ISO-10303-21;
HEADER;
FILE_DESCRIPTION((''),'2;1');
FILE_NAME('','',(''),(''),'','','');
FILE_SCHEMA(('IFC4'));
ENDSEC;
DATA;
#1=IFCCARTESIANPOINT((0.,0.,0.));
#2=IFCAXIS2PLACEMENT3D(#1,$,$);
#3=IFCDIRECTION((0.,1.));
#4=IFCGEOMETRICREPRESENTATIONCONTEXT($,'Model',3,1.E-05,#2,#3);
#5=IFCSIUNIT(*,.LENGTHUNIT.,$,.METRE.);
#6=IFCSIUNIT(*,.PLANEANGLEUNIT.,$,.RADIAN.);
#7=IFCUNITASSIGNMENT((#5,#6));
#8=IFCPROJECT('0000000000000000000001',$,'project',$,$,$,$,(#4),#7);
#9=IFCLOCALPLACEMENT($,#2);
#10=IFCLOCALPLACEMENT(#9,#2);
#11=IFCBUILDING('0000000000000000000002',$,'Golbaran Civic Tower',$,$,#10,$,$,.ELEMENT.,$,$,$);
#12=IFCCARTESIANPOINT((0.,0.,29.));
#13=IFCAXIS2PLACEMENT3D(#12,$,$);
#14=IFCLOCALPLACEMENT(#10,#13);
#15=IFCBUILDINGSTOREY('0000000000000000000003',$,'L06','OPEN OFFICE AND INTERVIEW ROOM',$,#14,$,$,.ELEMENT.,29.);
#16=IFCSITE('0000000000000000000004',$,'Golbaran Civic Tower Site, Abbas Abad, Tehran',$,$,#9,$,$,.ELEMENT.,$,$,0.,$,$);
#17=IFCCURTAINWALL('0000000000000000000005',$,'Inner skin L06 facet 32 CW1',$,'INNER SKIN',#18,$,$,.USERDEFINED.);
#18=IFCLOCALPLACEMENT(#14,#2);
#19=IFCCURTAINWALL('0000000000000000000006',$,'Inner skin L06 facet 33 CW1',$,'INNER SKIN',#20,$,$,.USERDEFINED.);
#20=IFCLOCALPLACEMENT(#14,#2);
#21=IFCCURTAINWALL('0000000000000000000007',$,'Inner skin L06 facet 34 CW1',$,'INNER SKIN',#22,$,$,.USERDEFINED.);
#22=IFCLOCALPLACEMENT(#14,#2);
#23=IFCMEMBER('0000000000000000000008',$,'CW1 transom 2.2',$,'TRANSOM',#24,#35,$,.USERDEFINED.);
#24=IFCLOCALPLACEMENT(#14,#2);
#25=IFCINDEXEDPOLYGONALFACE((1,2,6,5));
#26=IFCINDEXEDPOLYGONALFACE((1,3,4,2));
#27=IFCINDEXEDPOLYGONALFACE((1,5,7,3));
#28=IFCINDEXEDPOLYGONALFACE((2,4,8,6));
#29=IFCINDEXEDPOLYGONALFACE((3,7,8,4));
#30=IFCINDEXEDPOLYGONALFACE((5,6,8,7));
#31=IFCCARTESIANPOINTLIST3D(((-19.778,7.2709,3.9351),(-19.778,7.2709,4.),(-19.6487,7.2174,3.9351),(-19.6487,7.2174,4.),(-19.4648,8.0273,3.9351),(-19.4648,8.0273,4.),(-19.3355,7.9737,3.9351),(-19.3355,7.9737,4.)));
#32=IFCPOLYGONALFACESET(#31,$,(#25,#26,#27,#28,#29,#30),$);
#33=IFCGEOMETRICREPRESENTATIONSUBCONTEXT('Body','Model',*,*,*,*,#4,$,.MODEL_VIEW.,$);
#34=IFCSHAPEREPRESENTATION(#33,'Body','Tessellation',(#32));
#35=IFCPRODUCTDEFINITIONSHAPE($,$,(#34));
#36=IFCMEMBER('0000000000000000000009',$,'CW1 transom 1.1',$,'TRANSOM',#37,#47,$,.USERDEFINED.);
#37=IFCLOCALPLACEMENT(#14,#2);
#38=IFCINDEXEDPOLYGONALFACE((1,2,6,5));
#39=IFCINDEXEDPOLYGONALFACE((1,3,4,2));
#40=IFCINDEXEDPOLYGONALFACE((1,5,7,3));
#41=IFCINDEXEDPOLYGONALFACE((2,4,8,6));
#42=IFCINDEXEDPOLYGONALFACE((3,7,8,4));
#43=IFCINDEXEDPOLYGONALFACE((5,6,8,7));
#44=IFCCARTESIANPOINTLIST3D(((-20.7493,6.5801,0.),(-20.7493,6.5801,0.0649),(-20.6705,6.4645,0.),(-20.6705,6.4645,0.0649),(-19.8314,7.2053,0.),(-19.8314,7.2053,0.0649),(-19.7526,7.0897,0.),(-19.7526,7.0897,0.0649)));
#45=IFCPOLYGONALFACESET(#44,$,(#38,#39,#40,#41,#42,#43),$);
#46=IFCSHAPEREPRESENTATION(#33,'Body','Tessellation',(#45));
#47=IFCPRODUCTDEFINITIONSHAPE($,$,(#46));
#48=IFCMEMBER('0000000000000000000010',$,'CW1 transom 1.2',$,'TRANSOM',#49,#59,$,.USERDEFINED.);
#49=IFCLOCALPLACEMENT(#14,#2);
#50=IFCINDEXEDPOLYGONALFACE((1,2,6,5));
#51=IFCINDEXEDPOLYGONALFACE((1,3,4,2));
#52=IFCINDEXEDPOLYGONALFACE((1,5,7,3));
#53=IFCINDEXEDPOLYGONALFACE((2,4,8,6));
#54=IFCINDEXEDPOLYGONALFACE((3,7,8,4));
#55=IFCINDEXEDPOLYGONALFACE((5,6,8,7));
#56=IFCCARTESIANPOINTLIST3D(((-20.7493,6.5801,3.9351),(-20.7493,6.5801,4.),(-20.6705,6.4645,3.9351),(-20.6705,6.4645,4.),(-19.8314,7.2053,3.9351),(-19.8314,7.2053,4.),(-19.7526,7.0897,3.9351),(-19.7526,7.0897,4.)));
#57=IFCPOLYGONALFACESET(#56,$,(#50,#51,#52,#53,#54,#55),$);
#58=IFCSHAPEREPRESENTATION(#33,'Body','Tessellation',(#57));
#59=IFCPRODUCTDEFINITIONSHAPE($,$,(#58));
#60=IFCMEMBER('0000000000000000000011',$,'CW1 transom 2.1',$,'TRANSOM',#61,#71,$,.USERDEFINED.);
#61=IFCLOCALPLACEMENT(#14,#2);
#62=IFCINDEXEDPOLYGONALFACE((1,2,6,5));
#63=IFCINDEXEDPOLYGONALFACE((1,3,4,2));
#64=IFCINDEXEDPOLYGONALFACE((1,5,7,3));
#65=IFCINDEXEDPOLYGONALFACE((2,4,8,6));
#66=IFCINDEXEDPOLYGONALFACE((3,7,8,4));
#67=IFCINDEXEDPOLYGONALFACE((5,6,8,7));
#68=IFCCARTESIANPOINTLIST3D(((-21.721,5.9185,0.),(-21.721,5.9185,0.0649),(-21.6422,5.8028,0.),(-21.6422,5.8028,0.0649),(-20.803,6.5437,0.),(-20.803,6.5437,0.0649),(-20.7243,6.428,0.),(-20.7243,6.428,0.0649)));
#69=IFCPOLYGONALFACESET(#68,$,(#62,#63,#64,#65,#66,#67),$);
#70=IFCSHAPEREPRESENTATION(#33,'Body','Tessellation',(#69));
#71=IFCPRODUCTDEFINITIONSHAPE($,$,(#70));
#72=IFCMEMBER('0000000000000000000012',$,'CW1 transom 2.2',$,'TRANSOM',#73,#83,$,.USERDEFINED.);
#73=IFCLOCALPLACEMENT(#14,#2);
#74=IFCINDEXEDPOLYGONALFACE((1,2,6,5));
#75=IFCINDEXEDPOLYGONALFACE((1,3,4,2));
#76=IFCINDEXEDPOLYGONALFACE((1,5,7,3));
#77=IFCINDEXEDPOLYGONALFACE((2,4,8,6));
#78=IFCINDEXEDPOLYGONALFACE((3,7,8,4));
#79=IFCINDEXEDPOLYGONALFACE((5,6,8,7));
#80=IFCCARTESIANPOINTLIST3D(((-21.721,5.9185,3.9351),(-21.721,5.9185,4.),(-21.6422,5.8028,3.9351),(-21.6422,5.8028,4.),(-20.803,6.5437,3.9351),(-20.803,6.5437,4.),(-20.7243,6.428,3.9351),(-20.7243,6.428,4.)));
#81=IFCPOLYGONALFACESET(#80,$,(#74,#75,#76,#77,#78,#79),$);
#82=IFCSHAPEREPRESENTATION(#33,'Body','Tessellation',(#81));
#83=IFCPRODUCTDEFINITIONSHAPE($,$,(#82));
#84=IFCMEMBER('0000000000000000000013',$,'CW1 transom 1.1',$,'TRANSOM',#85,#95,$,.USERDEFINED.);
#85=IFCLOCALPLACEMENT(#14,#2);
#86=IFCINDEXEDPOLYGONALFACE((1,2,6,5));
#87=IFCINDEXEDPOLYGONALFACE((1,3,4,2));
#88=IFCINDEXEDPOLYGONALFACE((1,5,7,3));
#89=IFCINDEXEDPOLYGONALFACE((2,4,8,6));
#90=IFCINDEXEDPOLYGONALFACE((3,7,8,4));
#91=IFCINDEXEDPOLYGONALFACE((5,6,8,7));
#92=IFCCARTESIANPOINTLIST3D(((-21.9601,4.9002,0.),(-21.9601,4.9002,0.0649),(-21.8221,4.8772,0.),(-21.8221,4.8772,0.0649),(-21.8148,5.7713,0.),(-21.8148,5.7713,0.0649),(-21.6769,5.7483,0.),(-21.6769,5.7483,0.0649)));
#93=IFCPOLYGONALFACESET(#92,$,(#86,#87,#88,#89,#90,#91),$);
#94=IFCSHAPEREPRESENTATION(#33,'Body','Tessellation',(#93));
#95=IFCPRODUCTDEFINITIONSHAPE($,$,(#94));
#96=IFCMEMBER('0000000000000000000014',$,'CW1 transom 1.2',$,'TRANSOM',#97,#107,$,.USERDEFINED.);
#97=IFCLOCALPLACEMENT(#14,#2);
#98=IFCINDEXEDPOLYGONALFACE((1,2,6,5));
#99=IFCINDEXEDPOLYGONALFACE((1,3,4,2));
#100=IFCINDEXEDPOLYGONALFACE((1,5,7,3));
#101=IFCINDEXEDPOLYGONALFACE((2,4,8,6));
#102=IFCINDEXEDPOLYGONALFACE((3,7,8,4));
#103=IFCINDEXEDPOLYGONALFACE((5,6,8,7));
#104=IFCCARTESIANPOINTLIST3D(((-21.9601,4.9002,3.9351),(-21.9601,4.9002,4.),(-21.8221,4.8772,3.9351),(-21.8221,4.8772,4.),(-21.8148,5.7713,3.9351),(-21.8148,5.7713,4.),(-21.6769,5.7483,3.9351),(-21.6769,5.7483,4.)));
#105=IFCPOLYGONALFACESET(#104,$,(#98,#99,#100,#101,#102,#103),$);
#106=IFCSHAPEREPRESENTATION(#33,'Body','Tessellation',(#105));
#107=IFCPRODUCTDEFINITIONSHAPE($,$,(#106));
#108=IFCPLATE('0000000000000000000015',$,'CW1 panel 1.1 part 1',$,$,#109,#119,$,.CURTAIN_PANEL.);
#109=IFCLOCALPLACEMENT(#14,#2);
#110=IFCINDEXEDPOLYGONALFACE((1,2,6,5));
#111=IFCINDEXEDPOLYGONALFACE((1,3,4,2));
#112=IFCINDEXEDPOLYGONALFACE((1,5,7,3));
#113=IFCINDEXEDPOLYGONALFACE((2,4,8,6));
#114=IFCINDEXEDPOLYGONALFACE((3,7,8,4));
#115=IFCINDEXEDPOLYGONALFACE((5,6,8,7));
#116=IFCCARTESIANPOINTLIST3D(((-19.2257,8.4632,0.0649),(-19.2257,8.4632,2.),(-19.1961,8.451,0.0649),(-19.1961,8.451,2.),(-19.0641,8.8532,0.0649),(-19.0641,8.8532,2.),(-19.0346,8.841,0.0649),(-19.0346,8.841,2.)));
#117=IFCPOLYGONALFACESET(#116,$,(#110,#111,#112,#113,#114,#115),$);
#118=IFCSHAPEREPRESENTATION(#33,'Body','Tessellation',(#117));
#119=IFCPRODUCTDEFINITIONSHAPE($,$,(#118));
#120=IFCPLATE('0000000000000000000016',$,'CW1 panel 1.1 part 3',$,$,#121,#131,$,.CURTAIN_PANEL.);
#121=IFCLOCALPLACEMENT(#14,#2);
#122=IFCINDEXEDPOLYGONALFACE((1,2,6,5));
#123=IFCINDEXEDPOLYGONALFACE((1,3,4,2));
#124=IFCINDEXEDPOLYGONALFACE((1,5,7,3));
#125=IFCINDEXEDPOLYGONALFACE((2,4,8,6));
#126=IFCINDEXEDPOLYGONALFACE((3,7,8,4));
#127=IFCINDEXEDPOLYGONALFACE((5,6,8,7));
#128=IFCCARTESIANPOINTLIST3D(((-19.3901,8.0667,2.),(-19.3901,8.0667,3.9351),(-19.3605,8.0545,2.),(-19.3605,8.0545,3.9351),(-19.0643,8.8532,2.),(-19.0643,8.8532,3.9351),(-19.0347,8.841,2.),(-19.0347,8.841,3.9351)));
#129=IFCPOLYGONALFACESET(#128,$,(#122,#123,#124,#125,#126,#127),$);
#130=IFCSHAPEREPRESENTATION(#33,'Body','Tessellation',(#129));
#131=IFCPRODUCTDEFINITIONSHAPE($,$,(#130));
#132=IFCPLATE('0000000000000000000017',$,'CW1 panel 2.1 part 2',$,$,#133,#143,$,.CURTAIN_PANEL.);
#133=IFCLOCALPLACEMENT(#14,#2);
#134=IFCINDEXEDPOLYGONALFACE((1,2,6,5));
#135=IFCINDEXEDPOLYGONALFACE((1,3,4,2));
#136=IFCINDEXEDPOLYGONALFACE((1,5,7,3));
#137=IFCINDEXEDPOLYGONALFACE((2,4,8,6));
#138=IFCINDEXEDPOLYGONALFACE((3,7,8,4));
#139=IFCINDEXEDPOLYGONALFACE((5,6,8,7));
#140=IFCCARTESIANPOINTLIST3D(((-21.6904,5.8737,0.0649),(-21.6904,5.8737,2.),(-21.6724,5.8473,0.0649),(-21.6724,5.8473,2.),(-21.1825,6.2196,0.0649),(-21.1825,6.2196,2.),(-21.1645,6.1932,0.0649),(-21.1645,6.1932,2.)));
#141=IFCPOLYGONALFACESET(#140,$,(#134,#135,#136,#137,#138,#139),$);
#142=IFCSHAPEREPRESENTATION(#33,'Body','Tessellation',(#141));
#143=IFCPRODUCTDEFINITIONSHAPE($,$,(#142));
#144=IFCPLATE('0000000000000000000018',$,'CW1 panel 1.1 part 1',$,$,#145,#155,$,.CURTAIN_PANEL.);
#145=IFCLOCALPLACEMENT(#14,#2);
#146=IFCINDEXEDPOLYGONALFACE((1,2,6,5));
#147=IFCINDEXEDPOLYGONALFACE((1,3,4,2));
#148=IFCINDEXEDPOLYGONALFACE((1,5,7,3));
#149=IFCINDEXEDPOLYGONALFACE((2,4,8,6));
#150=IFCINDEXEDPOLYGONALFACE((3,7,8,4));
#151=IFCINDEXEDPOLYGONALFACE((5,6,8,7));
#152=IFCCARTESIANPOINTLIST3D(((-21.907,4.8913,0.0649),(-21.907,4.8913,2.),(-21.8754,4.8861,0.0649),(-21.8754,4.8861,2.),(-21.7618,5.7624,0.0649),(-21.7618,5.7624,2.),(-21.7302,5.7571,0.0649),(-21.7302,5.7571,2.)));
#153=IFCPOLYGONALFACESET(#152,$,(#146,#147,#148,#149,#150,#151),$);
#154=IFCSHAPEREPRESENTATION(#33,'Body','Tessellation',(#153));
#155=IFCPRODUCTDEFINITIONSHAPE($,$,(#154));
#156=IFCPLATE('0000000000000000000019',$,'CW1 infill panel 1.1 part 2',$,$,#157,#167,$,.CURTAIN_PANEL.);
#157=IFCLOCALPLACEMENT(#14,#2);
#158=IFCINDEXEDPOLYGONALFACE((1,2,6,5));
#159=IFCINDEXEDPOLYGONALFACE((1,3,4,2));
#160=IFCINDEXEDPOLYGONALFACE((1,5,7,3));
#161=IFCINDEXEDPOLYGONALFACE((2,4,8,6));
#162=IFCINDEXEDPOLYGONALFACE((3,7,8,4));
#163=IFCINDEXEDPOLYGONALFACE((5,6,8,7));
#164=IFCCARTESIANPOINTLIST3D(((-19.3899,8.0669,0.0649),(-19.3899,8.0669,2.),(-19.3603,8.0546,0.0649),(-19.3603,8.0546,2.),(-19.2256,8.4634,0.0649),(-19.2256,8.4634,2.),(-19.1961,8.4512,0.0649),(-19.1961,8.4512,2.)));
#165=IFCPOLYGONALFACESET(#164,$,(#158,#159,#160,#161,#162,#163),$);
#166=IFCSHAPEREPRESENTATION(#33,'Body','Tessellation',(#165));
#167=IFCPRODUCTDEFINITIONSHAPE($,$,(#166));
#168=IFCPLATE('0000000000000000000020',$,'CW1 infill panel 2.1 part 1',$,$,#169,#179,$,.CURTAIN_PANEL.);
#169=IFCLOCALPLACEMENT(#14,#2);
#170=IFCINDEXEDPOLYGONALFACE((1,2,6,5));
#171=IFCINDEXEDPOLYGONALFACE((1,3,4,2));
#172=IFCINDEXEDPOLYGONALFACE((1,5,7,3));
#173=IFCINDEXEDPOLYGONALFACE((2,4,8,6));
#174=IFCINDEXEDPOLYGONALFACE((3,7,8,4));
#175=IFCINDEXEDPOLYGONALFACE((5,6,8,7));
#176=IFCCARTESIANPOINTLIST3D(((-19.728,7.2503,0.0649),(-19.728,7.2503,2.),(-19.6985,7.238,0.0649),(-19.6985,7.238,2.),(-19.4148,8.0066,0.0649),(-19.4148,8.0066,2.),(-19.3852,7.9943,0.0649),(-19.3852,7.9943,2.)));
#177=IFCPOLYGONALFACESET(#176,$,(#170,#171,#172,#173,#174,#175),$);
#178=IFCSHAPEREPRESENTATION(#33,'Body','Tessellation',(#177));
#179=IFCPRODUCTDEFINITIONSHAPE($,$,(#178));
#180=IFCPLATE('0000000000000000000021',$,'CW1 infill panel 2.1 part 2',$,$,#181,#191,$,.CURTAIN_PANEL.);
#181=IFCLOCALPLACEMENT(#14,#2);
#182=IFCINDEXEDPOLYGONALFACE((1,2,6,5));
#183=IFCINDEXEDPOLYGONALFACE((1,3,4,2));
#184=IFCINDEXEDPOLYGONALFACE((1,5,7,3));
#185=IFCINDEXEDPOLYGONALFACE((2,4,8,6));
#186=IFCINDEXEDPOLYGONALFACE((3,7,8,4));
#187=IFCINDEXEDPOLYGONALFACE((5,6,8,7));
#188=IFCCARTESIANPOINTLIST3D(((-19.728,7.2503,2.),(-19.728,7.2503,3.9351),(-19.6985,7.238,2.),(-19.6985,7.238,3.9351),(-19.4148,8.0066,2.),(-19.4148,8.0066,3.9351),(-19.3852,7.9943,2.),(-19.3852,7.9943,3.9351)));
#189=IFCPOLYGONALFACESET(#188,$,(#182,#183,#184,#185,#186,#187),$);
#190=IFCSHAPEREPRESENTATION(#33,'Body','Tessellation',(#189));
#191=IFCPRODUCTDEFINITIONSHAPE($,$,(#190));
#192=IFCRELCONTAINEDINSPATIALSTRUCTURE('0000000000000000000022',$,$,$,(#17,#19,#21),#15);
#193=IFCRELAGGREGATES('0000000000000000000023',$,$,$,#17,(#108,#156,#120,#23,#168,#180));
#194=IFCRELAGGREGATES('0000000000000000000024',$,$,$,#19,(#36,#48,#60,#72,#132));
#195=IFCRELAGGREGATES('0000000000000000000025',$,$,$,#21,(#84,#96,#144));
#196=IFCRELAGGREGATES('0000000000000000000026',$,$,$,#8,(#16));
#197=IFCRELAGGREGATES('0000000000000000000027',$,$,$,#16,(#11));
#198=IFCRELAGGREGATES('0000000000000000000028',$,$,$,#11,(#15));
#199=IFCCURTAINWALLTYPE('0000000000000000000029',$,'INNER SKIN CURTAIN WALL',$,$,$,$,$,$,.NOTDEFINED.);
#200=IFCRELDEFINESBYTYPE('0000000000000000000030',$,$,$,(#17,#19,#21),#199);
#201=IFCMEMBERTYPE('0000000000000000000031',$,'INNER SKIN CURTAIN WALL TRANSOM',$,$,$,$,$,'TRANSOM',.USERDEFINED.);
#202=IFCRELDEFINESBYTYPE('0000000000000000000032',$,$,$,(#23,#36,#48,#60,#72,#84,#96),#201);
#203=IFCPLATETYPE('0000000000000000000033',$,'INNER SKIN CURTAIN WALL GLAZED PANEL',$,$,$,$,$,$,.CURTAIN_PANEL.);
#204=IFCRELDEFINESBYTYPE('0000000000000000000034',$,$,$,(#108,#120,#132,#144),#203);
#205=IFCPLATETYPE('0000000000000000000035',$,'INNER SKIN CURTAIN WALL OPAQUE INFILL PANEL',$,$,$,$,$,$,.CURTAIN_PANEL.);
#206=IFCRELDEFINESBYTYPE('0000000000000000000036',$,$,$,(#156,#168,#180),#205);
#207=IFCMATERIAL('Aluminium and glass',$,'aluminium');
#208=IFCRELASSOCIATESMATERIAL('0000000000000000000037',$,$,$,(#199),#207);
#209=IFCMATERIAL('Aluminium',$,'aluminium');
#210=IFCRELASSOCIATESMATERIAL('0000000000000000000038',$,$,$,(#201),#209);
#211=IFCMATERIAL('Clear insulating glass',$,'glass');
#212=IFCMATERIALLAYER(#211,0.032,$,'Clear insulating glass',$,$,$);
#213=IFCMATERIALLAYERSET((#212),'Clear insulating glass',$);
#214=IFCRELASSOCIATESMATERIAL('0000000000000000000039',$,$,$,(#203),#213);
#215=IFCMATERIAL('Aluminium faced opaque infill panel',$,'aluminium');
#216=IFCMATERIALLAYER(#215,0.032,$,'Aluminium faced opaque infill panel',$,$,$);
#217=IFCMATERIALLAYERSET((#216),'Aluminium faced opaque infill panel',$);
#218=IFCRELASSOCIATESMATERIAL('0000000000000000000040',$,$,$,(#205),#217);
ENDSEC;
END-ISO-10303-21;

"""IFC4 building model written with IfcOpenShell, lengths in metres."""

from ifc_helpers import new_model, si_unit, direction, frame, origin, origin_2d, place, context, subcontext, project, spatial, rectangle, extrude, material, layer, layer_set, material_profile, profile_set, type_object, element, aggregate, save


model = new_model("IFC4")

# Units and contexts
model_context = context("Model", 3, precision=1e-05, world=origin(), true_north=direction((0.0, 1.0)))
body_context = subcontext(model_context, "Body", "Model", "MODEL_VIEW")
ifc_project = project(units=[si_unit("LENGTHUNIT", "METRE"), si_unit("PLANEANGLEUNIT", "RADIAN")], contexts=[model_context])

# Site, building, storey
site_placement = place(None, origin())
site = spatial("IfcSite", under=ifc_project, at=site_placement, Name="Golbaran Civic Tower Site, Abbas Abad, Tehran", CompositionType="ELEMENT", RefElevation=0.0)
building_placement = place(site_placement, origin())
building = spatial("IfcBuilding", under=site, at=building_placement, Name="Golbaran Civic Tower", CompositionType="ELEMENT")
storey_placement = place(building_placement, frame((0.0, 0.0, 29.0)))
storey = spatial("IfcBuildingStorey", under=building, at=storey_placement, Name="L06", Description="OPEN OFFICE AND INTERVIEW ROOM", CompositionType="ELEMENT", Elevation=29.0)

# Curtain walls
ifc_material_1 = material(Name="Aluminium and glass", Category="aluminium")
curtain_wall_type = type_object("IfcCurtainWallType", Name="INNER SKIN CURTAIN WALL", PredefinedType="NOTDEFINED", material=ifc_material_1)
curtain_wall_1_placement = place(storey_placement, origin())
curtain_wall_1 = element("IfcCurtainWall", 1, at=curtain_wall_1_placement, inside=storey, type_object=curtain_wall_type, Name="Inner skin L06 facet 32 CW1", ObjectType="INNER SKIN", PredefinedType="USERDEFINED")
ifc_material_2 = material(Name="Aluminium", Category="aluminium")
curtain_wall_2_placement = place(storey_placement, origin())
curtain_wall_2 = element("IfcCurtainWall", 2, at=curtain_wall_2_placement, inside=storey, type_object=curtain_wall_type, Name="Inner skin L06 facet 33 CW1", ObjectType="INNER SKIN", PredefinedType="USERDEFINED")

# Curtain wall
curtain_wall_3_placement = place(storey_placement, origin())
curtain_wall_3 = element("IfcCurtainWall", 3, at=curtain_wall_3_placement, inside=storey, type_object=curtain_wall_type, Name="Inner skin L06 facet 34 CW1", ObjectType="INNER SKIN", PredefinedType="USERDEFINED")

# Members
ifc_material_profile_1 = material_profile(ifc_material_2, rectangle(XDim=0.1399, YDim=0.0649, at=origin_2d()), Name="INNER SKIN CURTAIN WALL TRANSOM")
ifc_profile_set_1 = profile_set([ifc_material_profile_1], Name="Aluminium")
member_type_1 = type_object("IfcMemberType", Name="INNER SKIN CURTAIN WALL TRANSOM", ElementType="TRANSOM", PredefinedType="USERDEFINED", material=ifc_profile_set_1)
member_1_placement = place(storey_placement, frame((-19.4001, 8.0005, 3.9675), z_axis=(-0.382624, -0.923904, 0.0), x_axis=(0.923904, -0.382624, 0.0)))
member_1 = element("IfcMember", 4, at=member_1_placement, type_object=member_type_1, Name="CW1 transom 2.2", ObjectType="TRANSOM", PredefinedType="USERDEFINED", context=body_context, shape_type="SweptSolid", body=[
    extrude(rectangle(XDim=0.1399, YDim=0.0649, at=origin_2d()), origin(), (0.0, 0.0, 1.0), 0.8186),
])
member_2_placement = place(storey_placement, frame((-19.792, 7.1475, 0.0325), z_axis=(-0.826497, -0.562941, 0.0), x_axis=(0.562941, -0.826497, 0.0)))
member_2 = element("IfcMember", 5, at=member_2_placement, type_object=member_type_1, Name="CW1 transom 1.1", ObjectType="TRANSOM", PredefinedType="USERDEFINED", context=body_context, shape_type="SweptSolid", body=[
    extrude(rectangle(XDim=0.1399, YDim=0.0649, at=origin_2d()), origin(), (0.0, 0.0, 1.0), 1.1106),
])
member_3_placement = place(storey_placement, frame((-19.792, 7.1475, 3.9675), z_axis=(-0.826497, -0.562941, 0.0), x_axis=(0.562941, -0.826497, 0.0)))
member_3 = element("IfcMember", 6, at=member_3_placement, type_object=member_type_1, Name="CW1 transom 1.2", ObjectType="TRANSOM", PredefinedType="USERDEFINED", context=body_context, shape_type="SweptSolid", body=[
    extrude(rectangle(XDim=0.1399, YDim=0.0649, at=origin_2d()), origin(), (0.0, 0.0, 1.0), 1.1106),
])
member_4_placement = place(storey_placement, frame((-20.7637, 6.4858, 0.0325), z_axis=(-0.826497, -0.562941, 0.0), x_axis=(0.562941, -0.826497, 0.0)))
member_4 = element("IfcMember", 7, at=member_4_placement, type_object=member_type_1, Name="CW1 transom 2.1", ObjectType="TRANSOM", PredefinedType="USERDEFINED", context=body_context, shape_type="SweptSolid", body=[
    extrude(rectangle(XDim=0.1399, YDim=0.0649, at=origin_2d()), origin(), (0.0, 0.0, 1.0), 1.1106),
])
member_5_placement = place(storey_placement, frame((-20.7637, 6.4858, 3.9675), z_axis=(-0.826497, -0.562941, 0.0), x_axis=(0.562941, -0.826497, 0.0)))
member_5 = element("IfcMember", 8, at=member_5_placement, type_object=member_type_1, Name="CW1 transom 2.2", ObjectType="TRANSOM", PredefinedType="USERDEFINED", context=body_context, shape_type="SweptSolid", body=[
    extrude(rectangle(XDim=0.1399, YDim=0.0649, at=origin_2d()), origin(), (0.0, 0.0, 1.0), 1.1106),
])
member_6_placement = place(storey_placement, frame((-21.7458, 5.7598, 0.0325), z_axis=(-0.164489, -0.986379, 0.0), x_axis=(0.986379, -0.164489, 0.0)))
member_6 = element("IfcMember", 9, at=member_6_placement, type_object=member_type_1, Name="CW1 transom 1.1", ObjectType="TRANSOM", PredefinedType="USERDEFINED", context=body_context, shape_type="SweptSolid", body=[
    extrude(rectangle(XDim=0.1399, YDim=0.0649, at=origin_2d()), origin(), (0.0, 0.0, 1.0), 0.8831),
])
member_7_placement = place(storey_placement, frame((-21.7458, 5.7598, 3.9675), z_axis=(-0.164489, -0.986379, 0.0), x_axis=(0.986379, -0.164489, 0.0)))
member_7 = element("IfcMember", 10, at=member_7_placement, type_object=member_type_1, Name="CW1 transom 1.2", ObjectType="TRANSOM", PredefinedType="USERDEFINED", context=body_context, shape_type="SweptSolid", body=[
    extrude(rectangle(XDim=0.1399, YDim=0.0649, at=origin_2d()), origin(), (0.0, 0.0, 1.0), 0.8831),
])

# Plates
ifc_material_3 = material(Name="Clear insulating glass", Category="glass")
ifc_layer_1 = layer(ifc_material_3, 0.032, Name="Clear insulating glass")
ifc_layer_set_1 = layer_set([ifc_layer_1], Name="Clear insulating glass")
plate_type_1 = type_object("IfcPlateType", Name="INNER SKIN CURTAIN WALL GLAZED PANEL", PredefinedType="CURTAIN_PANEL", material=ifc_layer_set_1)
plate_1_placement = place(storey_placement, frame((-19.1301, 8.6521, 0.0649), z_axis=(0.0, 0.0, 1.0), x_axis=(-0.382683, -0.92388, 0.0)))
plate_1 = element("IfcPlate", 11, at=plate_1_placement, type_object=plate_type_1, Name="CW1 panel 1.1 part 1", PredefinedType="CURTAIN_PANEL", context=body_context, shape_type="SweptSolid", body=[
    extrude(rectangle(XDim=0.4221, YDim=0.032, at=origin_2d()), origin(), (0.0, 0.0, 1.0), 1.9351),
])
plate_2_placement = place(storey_placement, frame((-19.2124, 8.4539, 2.0), z_axis=(0.0, 0.0, 1.0), x_axis=(-0.382683, -0.92388, 0.0)))
plate_2 = element("IfcPlate", 12, at=plate_2_placement, type_object=plate_type_1, Name="CW1 panel 1.1 part 3", PredefinedType="CURTAIN_PANEL", context=body_context, shape_type="SweptSolid", body=[
    extrude(rectangle(XDim=0.8513, YDim=0.032, at=origin_2d()), origin(), (0.0, 0.0, 1.0), 1.9351),
])
plate_3_placement = place(storey_placement, frame((-21.4275, 6.0334, 0.0649), z_axis=(0.0, 0.0, 1.0), x_axis=(-0.8265, -0.562936, 0.0)))
plate_3 = element("IfcPlate", 13, at=plate_3_placement, type_object=plate_type_1, Name="CW1 panel 2.1 part 2", PredefinedType="CURTAIN_PANEL", context=body_context, shape_type="SweptSolid", body=[
    extrude(rectangle(XDim=0.6145, YDim=0.032, at=origin_2d()), origin(), (0.0, 0.0, 1.0), 1.9351),
])
plate_4_placement = place(storey_placement, frame((-21.8186, 5.3242, 0.0649), z_axis=(0.0, 0.0, 1.0), x_axis=(-0.164415, -0.986391, 0.0)))
plate_4 = element("IfcPlate", 14, at=plate_4_placement, type_object=plate_type_1, Name="CW1 panel 1.1 part 1", PredefinedType="CURTAIN_PANEL", context=body_context, shape_type="SweptSolid", body=[
    extrude(rectangle(XDim=0.8831, YDim=0.032, at=origin_2d()), origin(), (0.0, 0.0, 1.0), 1.9351),
])
ifc_material_4 = material(Name="Aluminium faced opaque infill panel", Category="aluminium")
ifc_layer_2 = layer(ifc_material_4, 0.032, Name="Aluminium faced opaque infill panel")
ifc_layer_set_2 = layer_set([ifc_layer_2], Name="Aluminium faced opaque infill panel")
plate_type_2 = type_object("IfcPlateType", Name="INNER SKIN CURTAIN WALL OPAQUE INFILL PANEL", PredefinedType="CURTAIN_PANEL", material=ifc_layer_set_2)
plate_5_placement = place(storey_placement, frame((-19.293, 8.259, 0.0649), z_axis=(0.0, 0.0, 1.0), x_axis=(-0.382683, -0.92388, 0.0)))
plate_5 = element("IfcPlate", 15, at=plate_5_placement, type_object=plate_type_2, Name="CW1 infill panel 1.1 part 2", PredefinedType="CURTAIN_PANEL", context=body_context, shape_type="SweptSolid", body=[
    extrude(rectangle(XDim=0.4292, YDim=0.032, at=origin_2d()), origin(), (0.0, 0.0, 1.0), 1.9351),
])
plate_6_placement = place(storey_placement, frame((-19.5566, 7.6223, 0.0649), z_axis=(0.0, 0.0, 1.0), x_axis=(-0.382683, -0.92388, 0.0)))
plate_6 = element("IfcPlate", 16, at=plate_6_placement, type_object=plate_type_2, Name="CW1 infill panel 2.1 part 1", PredefinedType="CURTAIN_PANEL", context=body_context, shape_type="SweptSolid", body=[
    extrude(rectangle(XDim=0.8186, YDim=0.032, at=origin_2d()), origin(), (0.0, 0.0, 1.0), 1.9351),
])
plate_7_placement = place(storey_placement, frame((-19.5566, 7.6223, 2.0), z_axis=(0.0, 0.0, 1.0), x_axis=(-0.382683, -0.92388, 0.0)))
plate_7 = element("IfcPlate", 17, at=plate_7_placement, type_object=plate_type_2, Name="CW1 infill panel 2.1 part 2", PredefinedType="CURTAIN_PANEL", context=body_context, shape_type="SweptSolid", body=[
    extrude(rectangle(XDim=0.8186, YDim=0.032, at=origin_2d()), origin(), (0.0, 0.0, 1.0), 1.9351),
])
aggregate(curtain_wall_1, [plate_1, plate_5, plate_2, member_1, plate_6, plate_7])
aggregate(curtain_wall_2, [member_2, member_3, member_4, member_5, plate_3])
aggregate(curtain_wall_3, [member_6, member_7, plate_4])

save(model, "model.ifc")
